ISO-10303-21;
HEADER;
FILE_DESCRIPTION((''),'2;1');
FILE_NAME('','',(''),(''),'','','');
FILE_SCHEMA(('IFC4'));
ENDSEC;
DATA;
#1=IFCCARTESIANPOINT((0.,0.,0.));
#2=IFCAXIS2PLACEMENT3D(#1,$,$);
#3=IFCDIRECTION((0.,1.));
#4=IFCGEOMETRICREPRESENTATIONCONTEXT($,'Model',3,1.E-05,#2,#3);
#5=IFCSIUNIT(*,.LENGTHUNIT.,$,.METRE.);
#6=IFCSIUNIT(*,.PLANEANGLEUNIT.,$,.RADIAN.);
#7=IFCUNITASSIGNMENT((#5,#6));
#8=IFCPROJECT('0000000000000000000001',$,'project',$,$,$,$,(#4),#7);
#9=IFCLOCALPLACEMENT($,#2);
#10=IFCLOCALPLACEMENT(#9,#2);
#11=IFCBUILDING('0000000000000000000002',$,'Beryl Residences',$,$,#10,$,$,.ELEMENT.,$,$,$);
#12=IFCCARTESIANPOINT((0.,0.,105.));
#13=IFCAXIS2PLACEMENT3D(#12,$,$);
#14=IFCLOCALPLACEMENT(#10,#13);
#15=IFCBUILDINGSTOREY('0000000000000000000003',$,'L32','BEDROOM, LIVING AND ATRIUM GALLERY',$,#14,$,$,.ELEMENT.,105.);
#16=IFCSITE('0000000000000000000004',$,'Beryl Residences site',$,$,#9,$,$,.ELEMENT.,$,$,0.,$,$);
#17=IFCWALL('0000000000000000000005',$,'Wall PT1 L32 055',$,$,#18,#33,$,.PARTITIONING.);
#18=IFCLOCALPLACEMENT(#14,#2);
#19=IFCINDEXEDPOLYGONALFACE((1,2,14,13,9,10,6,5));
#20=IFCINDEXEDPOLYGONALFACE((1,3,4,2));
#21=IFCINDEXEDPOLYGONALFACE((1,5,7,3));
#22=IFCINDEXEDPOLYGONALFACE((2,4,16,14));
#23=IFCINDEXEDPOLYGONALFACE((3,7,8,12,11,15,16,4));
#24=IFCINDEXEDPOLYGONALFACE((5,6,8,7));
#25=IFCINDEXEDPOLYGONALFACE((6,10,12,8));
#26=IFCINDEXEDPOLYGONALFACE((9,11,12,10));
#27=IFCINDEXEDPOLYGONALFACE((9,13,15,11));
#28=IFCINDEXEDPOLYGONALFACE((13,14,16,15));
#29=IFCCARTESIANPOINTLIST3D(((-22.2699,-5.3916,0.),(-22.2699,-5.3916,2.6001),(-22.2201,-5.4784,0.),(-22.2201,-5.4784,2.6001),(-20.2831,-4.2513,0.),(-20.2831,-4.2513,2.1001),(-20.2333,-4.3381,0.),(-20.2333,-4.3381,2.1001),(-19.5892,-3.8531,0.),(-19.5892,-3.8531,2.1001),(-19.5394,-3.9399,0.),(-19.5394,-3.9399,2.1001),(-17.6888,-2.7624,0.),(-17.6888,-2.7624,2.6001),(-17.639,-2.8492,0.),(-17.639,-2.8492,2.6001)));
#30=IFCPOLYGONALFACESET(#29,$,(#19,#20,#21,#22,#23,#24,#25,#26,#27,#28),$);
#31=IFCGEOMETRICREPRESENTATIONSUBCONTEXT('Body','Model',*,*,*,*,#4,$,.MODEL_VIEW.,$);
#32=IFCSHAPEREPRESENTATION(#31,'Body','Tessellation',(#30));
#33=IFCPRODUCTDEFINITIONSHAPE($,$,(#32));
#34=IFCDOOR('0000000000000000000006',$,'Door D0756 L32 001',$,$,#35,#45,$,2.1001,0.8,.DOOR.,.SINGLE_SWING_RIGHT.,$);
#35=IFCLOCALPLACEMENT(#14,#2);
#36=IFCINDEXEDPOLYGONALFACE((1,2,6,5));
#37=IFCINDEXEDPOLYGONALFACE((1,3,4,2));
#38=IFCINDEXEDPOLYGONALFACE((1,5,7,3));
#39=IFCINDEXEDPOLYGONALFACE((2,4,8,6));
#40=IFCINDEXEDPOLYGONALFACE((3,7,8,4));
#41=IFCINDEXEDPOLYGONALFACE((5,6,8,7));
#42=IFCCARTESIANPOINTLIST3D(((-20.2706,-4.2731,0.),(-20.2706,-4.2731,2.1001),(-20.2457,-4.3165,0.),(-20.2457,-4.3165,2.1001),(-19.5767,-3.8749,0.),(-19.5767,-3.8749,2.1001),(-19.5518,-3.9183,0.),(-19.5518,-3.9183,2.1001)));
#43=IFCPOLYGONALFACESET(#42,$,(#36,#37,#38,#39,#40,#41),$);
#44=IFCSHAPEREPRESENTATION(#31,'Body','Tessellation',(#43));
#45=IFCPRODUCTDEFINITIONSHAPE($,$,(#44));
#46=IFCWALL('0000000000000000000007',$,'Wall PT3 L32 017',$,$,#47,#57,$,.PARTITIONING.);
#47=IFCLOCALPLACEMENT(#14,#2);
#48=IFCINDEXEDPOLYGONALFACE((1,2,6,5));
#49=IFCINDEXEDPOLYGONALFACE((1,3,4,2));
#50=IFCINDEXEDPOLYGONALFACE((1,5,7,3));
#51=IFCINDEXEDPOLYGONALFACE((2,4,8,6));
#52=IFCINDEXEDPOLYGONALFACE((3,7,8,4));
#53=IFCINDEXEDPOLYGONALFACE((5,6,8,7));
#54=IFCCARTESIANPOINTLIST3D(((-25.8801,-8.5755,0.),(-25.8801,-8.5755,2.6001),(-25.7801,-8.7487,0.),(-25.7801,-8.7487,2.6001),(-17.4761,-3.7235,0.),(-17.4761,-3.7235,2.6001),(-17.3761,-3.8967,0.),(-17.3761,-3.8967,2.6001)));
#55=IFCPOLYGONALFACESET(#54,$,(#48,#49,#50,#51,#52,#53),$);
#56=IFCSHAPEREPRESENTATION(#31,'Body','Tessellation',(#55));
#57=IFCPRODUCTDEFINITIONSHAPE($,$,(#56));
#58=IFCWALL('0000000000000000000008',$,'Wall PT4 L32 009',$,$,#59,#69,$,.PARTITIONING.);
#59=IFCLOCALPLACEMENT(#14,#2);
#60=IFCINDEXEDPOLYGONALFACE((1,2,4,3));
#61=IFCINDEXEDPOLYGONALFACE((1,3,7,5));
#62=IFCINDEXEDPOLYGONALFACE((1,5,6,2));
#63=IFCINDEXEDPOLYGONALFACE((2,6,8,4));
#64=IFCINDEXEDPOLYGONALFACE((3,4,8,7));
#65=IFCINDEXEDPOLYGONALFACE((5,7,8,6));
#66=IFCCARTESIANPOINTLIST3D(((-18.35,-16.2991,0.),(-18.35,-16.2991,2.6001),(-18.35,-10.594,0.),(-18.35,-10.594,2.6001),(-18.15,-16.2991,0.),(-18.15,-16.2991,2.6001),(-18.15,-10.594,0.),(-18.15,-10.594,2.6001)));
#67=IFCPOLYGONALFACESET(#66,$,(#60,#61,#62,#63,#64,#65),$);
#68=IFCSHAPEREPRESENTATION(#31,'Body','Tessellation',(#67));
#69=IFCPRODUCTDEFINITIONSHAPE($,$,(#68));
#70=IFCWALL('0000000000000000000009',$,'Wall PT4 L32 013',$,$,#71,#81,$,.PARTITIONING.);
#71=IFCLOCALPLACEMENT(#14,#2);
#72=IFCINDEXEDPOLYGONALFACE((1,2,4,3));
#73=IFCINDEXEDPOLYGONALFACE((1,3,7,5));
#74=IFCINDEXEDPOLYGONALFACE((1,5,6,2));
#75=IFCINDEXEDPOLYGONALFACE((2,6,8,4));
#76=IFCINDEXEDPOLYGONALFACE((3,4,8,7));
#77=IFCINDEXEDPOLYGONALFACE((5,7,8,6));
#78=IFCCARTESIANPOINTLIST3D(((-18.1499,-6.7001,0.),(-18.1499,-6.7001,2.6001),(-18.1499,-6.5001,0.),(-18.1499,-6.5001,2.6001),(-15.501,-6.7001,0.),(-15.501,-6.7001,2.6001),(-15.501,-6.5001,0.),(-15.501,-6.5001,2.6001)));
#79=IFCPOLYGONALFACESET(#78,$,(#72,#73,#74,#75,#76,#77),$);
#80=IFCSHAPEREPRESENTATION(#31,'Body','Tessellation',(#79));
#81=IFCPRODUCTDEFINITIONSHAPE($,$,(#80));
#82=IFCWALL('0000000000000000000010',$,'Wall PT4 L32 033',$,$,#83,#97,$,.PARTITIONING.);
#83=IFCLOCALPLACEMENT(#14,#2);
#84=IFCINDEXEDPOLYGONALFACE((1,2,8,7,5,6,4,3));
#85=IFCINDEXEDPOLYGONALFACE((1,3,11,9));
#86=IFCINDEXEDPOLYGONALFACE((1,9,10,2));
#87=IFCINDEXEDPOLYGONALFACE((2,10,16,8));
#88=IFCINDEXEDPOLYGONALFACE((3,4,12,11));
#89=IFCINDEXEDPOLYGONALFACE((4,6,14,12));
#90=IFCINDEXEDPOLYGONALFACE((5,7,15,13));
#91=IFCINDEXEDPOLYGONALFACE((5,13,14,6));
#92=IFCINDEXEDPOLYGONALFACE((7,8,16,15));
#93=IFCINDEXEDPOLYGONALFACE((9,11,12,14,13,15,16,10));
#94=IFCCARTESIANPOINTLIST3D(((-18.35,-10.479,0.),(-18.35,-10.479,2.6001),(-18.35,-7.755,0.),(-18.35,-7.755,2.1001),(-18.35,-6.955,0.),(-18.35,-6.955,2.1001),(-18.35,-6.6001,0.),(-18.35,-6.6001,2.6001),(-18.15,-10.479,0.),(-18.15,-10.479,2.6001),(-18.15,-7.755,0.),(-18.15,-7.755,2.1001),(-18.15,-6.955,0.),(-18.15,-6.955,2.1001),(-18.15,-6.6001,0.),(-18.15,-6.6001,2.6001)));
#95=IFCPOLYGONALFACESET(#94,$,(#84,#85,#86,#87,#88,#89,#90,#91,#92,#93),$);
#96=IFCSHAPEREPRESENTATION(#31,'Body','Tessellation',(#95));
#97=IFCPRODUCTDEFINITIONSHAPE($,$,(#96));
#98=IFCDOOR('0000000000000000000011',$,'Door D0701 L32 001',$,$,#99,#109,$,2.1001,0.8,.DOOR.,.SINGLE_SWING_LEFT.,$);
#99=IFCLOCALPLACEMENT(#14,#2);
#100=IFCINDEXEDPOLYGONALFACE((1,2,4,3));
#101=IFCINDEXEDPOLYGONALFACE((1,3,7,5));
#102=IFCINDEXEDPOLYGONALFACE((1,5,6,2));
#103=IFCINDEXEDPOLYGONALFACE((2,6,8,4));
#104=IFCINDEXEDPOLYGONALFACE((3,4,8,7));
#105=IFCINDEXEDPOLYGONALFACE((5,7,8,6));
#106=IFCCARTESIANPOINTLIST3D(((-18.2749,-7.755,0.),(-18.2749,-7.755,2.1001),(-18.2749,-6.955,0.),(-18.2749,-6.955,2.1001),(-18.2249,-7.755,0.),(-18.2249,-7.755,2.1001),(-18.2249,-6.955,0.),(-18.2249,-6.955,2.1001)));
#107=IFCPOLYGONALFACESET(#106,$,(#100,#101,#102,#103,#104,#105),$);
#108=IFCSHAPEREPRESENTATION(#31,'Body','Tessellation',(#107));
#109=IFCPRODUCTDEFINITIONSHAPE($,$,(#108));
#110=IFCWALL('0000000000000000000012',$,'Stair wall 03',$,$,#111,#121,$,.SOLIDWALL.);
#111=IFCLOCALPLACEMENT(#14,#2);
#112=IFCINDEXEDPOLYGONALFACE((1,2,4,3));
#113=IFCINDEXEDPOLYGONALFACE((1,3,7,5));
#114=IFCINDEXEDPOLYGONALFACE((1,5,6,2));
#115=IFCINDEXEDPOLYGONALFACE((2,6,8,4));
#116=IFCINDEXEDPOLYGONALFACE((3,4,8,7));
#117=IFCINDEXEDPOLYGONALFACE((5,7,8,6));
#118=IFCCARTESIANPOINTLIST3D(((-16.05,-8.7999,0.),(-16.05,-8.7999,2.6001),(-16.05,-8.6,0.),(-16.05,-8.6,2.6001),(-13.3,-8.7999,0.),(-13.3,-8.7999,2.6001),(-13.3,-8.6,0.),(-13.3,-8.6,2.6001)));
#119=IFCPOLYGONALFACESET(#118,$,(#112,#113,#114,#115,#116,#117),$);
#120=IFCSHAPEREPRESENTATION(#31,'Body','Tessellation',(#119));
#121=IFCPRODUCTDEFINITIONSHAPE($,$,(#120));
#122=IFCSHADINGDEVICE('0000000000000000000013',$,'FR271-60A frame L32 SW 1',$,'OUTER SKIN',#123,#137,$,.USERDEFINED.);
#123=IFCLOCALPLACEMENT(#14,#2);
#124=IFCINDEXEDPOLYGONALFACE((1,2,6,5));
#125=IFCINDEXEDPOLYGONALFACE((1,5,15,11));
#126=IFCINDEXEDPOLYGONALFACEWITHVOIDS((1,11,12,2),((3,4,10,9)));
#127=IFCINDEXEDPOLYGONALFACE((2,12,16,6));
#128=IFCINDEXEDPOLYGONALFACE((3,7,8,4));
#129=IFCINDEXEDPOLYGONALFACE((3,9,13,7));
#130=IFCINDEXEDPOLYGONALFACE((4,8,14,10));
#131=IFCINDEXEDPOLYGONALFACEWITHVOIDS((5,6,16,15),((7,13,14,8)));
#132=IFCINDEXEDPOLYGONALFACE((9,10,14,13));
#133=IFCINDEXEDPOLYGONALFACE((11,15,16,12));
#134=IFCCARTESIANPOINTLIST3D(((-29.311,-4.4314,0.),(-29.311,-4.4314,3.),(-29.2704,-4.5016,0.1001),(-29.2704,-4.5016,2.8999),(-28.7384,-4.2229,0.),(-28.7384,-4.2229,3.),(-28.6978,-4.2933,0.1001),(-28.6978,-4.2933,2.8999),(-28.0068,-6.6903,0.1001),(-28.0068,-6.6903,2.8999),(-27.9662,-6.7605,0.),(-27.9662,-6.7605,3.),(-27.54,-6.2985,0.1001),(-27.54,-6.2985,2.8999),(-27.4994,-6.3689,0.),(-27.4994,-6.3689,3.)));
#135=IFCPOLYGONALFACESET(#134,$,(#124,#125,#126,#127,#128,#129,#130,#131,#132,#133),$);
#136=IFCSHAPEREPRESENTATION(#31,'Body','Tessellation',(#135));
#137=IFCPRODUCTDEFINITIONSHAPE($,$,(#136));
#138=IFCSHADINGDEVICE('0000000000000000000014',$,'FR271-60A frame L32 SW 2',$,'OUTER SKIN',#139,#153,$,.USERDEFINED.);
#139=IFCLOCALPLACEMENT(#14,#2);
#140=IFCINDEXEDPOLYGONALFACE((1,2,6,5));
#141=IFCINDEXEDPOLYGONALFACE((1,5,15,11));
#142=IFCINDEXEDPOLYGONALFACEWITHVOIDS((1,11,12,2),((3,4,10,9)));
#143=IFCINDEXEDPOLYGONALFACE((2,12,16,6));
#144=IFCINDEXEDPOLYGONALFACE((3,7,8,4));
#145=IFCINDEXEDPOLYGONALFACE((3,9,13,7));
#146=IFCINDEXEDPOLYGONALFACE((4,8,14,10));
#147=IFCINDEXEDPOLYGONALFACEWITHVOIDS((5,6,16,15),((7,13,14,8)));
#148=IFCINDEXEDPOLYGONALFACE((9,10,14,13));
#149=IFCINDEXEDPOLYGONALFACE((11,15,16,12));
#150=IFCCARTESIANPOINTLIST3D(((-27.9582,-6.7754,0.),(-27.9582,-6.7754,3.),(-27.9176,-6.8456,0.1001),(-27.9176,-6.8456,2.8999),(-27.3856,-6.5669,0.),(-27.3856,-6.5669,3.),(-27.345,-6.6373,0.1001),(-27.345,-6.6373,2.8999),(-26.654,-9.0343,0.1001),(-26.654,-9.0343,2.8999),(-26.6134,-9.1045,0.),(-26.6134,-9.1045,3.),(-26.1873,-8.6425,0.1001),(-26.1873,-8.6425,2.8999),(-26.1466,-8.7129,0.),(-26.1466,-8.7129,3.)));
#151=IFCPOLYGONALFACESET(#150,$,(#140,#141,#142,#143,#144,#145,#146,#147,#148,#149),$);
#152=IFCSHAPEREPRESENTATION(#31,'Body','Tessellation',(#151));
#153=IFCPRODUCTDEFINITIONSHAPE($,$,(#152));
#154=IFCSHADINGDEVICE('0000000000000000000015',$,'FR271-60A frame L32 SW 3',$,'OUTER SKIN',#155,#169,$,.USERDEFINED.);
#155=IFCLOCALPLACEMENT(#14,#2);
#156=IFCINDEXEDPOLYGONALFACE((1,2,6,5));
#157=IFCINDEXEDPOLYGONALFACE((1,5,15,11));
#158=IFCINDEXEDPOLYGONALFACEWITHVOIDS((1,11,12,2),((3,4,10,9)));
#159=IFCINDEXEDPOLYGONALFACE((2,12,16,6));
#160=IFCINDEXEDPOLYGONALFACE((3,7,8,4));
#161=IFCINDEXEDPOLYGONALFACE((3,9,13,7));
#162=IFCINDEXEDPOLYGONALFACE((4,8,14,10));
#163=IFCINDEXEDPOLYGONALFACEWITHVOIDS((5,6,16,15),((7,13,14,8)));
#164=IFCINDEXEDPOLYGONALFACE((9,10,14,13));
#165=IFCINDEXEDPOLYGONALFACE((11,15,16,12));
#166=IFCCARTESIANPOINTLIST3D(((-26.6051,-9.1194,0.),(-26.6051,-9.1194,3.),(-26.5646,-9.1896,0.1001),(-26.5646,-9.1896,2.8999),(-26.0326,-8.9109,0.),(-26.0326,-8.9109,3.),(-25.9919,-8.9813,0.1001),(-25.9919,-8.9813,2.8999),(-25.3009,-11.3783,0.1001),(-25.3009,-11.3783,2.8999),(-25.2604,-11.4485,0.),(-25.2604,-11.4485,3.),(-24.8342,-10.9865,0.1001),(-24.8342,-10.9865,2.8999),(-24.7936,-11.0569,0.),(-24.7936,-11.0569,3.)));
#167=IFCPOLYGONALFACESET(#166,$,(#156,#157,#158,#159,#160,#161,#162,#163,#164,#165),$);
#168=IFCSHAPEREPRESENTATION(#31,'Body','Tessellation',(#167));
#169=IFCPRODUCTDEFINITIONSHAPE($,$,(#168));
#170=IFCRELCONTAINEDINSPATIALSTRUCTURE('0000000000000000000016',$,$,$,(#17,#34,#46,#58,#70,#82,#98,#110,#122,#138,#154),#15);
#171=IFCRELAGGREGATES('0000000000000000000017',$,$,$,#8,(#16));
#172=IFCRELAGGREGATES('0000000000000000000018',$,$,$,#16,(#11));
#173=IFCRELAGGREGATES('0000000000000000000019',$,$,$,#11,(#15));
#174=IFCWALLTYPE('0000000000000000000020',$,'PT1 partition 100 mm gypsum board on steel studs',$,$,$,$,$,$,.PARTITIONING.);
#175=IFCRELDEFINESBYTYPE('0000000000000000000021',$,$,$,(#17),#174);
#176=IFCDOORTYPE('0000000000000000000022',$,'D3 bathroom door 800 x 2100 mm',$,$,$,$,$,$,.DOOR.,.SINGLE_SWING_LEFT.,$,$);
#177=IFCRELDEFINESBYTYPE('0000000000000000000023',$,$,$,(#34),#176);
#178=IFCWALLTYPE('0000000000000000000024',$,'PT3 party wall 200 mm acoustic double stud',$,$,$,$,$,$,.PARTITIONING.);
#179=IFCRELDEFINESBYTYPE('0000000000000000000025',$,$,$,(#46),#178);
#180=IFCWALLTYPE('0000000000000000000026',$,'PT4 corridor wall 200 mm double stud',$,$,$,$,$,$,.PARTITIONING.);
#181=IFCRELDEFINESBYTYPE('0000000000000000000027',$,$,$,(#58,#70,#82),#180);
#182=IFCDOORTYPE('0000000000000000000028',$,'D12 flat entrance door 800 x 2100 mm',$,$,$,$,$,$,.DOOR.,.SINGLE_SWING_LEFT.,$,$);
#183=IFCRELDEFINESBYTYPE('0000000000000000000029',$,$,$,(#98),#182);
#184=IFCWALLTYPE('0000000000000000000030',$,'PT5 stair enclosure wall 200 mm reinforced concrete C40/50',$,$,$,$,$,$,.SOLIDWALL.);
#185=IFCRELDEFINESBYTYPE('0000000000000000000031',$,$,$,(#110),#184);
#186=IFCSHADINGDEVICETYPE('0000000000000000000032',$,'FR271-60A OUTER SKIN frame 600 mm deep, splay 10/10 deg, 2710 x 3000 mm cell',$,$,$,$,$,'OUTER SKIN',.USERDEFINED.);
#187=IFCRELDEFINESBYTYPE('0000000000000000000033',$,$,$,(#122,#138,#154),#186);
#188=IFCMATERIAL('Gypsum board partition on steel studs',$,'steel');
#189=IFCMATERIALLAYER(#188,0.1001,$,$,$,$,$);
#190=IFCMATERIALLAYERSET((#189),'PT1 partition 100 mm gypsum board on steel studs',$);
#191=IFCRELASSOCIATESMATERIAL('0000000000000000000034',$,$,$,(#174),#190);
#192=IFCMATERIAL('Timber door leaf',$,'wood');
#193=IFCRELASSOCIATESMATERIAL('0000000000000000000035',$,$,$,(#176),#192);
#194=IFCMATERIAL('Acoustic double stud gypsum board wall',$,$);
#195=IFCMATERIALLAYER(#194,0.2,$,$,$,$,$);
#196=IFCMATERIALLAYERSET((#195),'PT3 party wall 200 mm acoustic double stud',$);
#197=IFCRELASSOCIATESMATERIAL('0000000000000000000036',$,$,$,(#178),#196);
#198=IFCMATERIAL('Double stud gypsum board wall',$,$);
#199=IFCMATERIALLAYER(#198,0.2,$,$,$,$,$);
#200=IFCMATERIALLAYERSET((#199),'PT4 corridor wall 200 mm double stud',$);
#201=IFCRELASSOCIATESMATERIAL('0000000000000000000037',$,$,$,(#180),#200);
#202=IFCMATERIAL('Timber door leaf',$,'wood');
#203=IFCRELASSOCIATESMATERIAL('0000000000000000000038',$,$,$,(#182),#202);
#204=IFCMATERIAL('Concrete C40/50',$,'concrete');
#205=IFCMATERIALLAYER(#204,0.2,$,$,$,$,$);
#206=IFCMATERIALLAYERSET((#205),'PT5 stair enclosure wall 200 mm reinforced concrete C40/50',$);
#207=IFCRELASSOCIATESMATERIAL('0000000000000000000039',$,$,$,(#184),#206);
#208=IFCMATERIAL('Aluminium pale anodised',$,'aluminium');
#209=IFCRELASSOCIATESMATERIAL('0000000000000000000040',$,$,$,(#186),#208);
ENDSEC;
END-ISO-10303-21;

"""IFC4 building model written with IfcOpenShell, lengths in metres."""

from ifc_helpers import new_model, entity, si_unit, direction, frame, frame_2d, origin, place, context, subcontext, project, spatial, rectangle, extrude, source, transform, mapped, material, layer, layer_set, type_object, type_shapes, element, fill, save


model = new_model("IFC4")

# Units and contexts
model_context = context("Model", 3, precision=1e-05, world=origin(), true_north=direction((0.0, 1.0)))
body_context = subcontext(model_context, "Body", "Model", "MODEL_VIEW")
ifc_project = project(units=[si_unit("LENGTHUNIT", "METRE"), si_unit("PLANEANGLEUNIT", "RADIAN")], contexts=[model_context])

# Site, building, storey
site_placement = place(None, origin())
site = spatial("IfcSite", under=ifc_project, at=site_placement, Name="Beryl Residences site", CompositionType="ELEMENT", RefElevation=0.0)
building_placement = place(site_placement, origin())
building = spatial("IfcBuilding", under=site, at=building_placement, Name="Beryl Residences", CompositionType="ELEMENT")
storey_placement = place(building_placement, frame((0.0, 0.0, 105.0)))
storey = spatial("IfcBuildingStorey", under=building, at=storey_placement, Name="L32", Description="BEDROOM, LIVING AND ATRIUM GALLERY", CompositionType="ELEMENT", Elevation=105.0)

# Shared definitions
ifc_material_1 = material(Name="Gypsum board partition on steel studs", Category="steel")
ifc_layer_1 = layer(ifc_material_1, 0.1001)
ifc_layer_set_1 = layer_set([ifc_layer_1], Name="PT1 partition 100 mm gypsum board on steel studs")
wall_type_1 = type_object("IfcWallType", Name="PT1 partition 100 mm gypsum board on steel studs", PredefinedType="PARTITIONING", material=ifc_layer_set_1)
ifc_material_2 = material(Name="Timber door leaf", Category="wood")
door_type_1 = type_object("IfcDoorType", Name="D3 bathroom door 800 x 2100 mm", OperationType="SINGLE_SWING_LEFT", PredefinedType="DOOR", material=ifc_material_2)

# Wall, opening, door
wall_1_placement = place(storey_placement, frame((-22.2451, -5.4351, 0.0), z_axis=(0.0, 0.0, 1.0), x_axis=(0.867311, 0.497766, 0.0)))
wall_1 = element("IfcWall", 1, at=wall_1_placement, inside=storey, type_object=wall_type_1, Name="Wall PT1 L32 055", PredefinedType="PARTITIONING", context=body_context, shape_type="SweptSolid", body=[
    extrude(rectangle(XDim=5.282, YDim=0.1001, at=frame_2d((2.6411, 0.0))), origin(), (0.0, 0.0, 1.0), 2.6001),
])
opening_1_placement = place(wall_1_placement, frame((2.291, 0.0, 0.0)))
opening_1 = element("IfcOpeningElement", 2, at=opening_1_placement, cuts=wall_1, PredefinedType="OPENING", context=body_context, shape_type="SweptSolid", body=[
    extrude(rectangle(XDim=0.8, YDim=2.1001, at=frame_2d((0.3999, 1.05))), frame((0.0, 0.0601, 0.0), z_axis=(0.0, -1.0, 0.0), x_axis=(1.0, 0.0, 0.0)), (0.0, 0.0, 1.0), 0.1201),
])
door_1_placement = place(opening_1_placement, origin())
door_1 = element("IfcDoor", 3, at=door_1_placement, inside=storey, type_object=door_type_1, Name="Door D0756 L32 001", OperationType="SINGLE_SWING_RIGHT", OverallHeight=2.1001, OverallWidth=0.8, PredefinedType="DOOR", context=body_context, shape_type="SweptSolid", body=[
    extrude(rectangle(XDim=0.8, YDim=2.1001, at=frame_2d((0.3999, 1.05))), frame((0.0, 0.0249, 0.0), z_axis=(0.0, -1.0, 0.0), x_axis=(1.0, 0.0, 0.0)), (0.0, 0.0, 1.0), 0.05),
])
fill(opening_1, door_1)

# Walls
ifc_material_3 = material(Name="Acoustic double stud gypsum board wall")
ifc_layer_2 = layer(ifc_material_3, 0.2)
ifc_layer_set_2 = layer_set([ifc_layer_2], Name="PT3 party wall 200 mm acoustic double stud")
wall_type_2 = type_object("IfcWallType", Name="PT3 party wall 200 mm acoustic double stud", PredefinedType="PARTITIONING", material=ifc_layer_set_2)
wall_2_placement = place(storey_placement, frame((-25.8301, -8.6621, 0.0), z_axis=(0.0, 0.0, 1.0), x_axis=(0.866027, 0.499998, 0.0)))
element("IfcWall", 4, at=wall_2_placement, inside=storey, type_object=wall_type_2, Name="Wall PT3 L32 017", PredefinedType="PARTITIONING", context=body_context, shape_type="SweptSolid", body=[
    extrude(rectangle(XDim=9.7041, YDim=0.2, at=frame_2d((4.8521, 0.0))), origin(), (0.0, 0.0, 1.0), 2.6001),
])
ifc_material_4 = material(Name="Double stud gypsum board wall")
ifc_layer_3 = layer(ifc_material_4, 0.2)
ifc_layer_set_3 = layer_set([ifc_layer_3], Name="PT4 corridor wall 200 mm double stud")
wall_type_3 = type_object("IfcWallType", Name="PT4 corridor wall 200 mm double stud", PredefinedType="PARTITIONING", material=ifc_layer_set_3)
wall_3_placement = place(storey_placement, frame((-18.25, -10.594, 0.0), z_axis=(0.0, 0.0, 1.0), x_axis=(0.0, -1.0, 0.0)))
element("IfcWall", 5, at=wall_3_placement, inside=storey, type_object=wall_type_3, Name="Wall PT4 L32 009", PredefinedType="PARTITIONING", context=body_context, shape_type="SweptSolid", body=[
    extrude(rectangle(XDim=5.7051, YDim=0.2, at=frame_2d((2.8525, 0.0))), origin(), (0.0, 0.0, 1.0), 2.6001),
])
wall_4_placement = place(storey_placement, frame((-18.1499, -6.6001, 0.0), z_axis=(0.0, 0.0, 1.0), x_axis=(1.0, 0.0, 0.0)))
element("IfcWall", 6, at=wall_4_placement, inside=storey, type_object=wall_type_3, Name="Wall PT4 L32 013", PredefinedType="PARTITIONING", context=body_context, shape_type="SweptSolid", body=[
    extrude(rectangle(XDim=2.6489, YDim=0.2, at=frame_2d((1.3245, 0.0))), origin(), (0.0, 0.0, 1.0), 2.6001),
])

# Wall, opening, door
wall_5_placement = place(storey_placement, frame((-18.25, -10.479, 0.0), z_axis=(0.0, 0.0, 1.0), x_axis=(0.0, 1.0, 0.0)))
wall_5 = element("IfcWall", 7, at=wall_5_placement, inside=storey, type_object=wall_type_3, Name="Wall PT4 L32 033", PredefinedType="PARTITIONING", context=body_context, shape_type="SweptSolid", body=[
    extrude(rectangle(XDim=3.8789, YDim=0.2, at=frame_2d((1.9395, 0.0))), origin(), (0.0, 0.0, 1.0), 2.6001),
])
opening_2_placement = place(wall_5_placement, frame((2.7241, 0.0, 0.0)))
opening_2 = element("IfcOpeningElement", 8, at=opening_2_placement, cuts=wall_5, PredefinedType="OPENING", context=body_context, shape_type="SweptSolid", body=[
    extrude(rectangle(XDim=0.8, YDim=2.1001, at=frame_2d((0.3999, 1.05))), frame((0.0, 0.1099, 0.0), z_axis=(0.0, -1.0, 0.0), x_axis=(1.0, 0.0, 0.0)), (0.0, 0.0, 1.0), 0.22),
])
ifc_material_5 = material(Name="Timber door leaf", Category="wood")
door_type_2 = type_object("IfcDoorType", Name="D12 flat entrance door 800 x 2100 mm", OperationType="SINGLE_SWING_LEFT", PredefinedType="DOOR", material=ifc_material_5)
door_2_placement = place(opening_2_placement, origin())
door_2 = element("IfcDoor", 9, at=door_2_placement, inside=storey, type_object=door_type_2, Name="Door D0701 L32 001", OperationType="SINGLE_SWING_LEFT", OverallHeight=2.1001, OverallWidth=0.8, PredefinedType="DOOR", context=body_context, shape_type="SweptSolid", body=[
    extrude(rectangle(XDim=0.8, YDim=2.1001, at=frame_2d((0.3999, 1.05))), frame((0.0, 0.0249, 0.0), z_axis=(0.0, -1.0, 0.0), x_axis=(1.0, 0.0, 0.0)), (0.0, 0.0, 1.0), 0.05),
])
fill(opening_2, door_2)

# Wall
ifc_material_6 = material(Name="Concrete C40/50", Category="concrete")
ifc_layer_4 = layer(ifc_material_6, 0.2)
ifc_layer_set_4 = layer_set([ifc_layer_4], Name="PT5 stair enclosure wall 200 mm reinforced concrete C40/50")
wall_type_4 = type_object("IfcWallType", Name="PT5 stair enclosure wall 200 mm reinforced concrete C40/50", PredefinedType="SOLIDWALL", material=ifc_layer_set_4)
wall_6_placement = place(storey_placement, frame((-16.05, -8.7, 0.0), z_axis=(0.0, 0.0, 1.0), x_axis=(1.0, 0.0, 0.0)))
element("IfcWall", 10, at=wall_6_placement, inside=storey, type_object=wall_type_4, Name="Stair wall 03", PredefinedType="SOLIDWALL", context=body_context, shape_type="SweptSolid", body=[
    extrude(rectangle(XDim=2.75, YDim=0.2, at=frame_2d((1.375, 0.0))), origin(), (0.0, 0.0, 1.0), 2.6001),
])

# Shading devices
ifc_material_7 = material(Name="Aluminium pale anodised", Category="aluminium")
shading_device_type = type_object("IfcShadingDeviceType", Name="FR271-60A OUTER SKIN frame 600 mm deep, splay 10/10 deg, 2710 x 3000 mm cell", ElementType="OUTER SKIN", PredefinedType="USERDEFINED", material=ifc_material_7)
cartesian_point_1 = entity("IfcCartesianPoint", [-1.239, 0.0])
cartesian_point_2 = entity("IfcCartesianPoint", [-1.1577, 0.1001])
cartesian_point_3 = entity("IfcCartesianPoint", [-1.3447, 0.0])
cartesian_point_4 = entity("IfcCartesianPoint", [-1.2637, 0.1001])
shared_shape_1 = source(origin(), body_context, "Body", "SweptSolid", [
    entity("IfcExtrudedAreaSolidTapered", entity("IfcArbitraryProfileDefWithVoids", "AREA", None, entity("IfcPolyline", [cartesian_point_1, entity("IfcCartesianPoint", [1.239, 0.0]), entity("IfcCartesianPoint", [1.239, 3.0]), entity("IfcCartesianPoint", [-1.239, 3.0]), cartesian_point_1]), [entity("IfcPolyline", [cartesian_point_2, entity("IfcCartesianPoint", [1.1577, 0.1001]), entity("IfcCartesianPoint", [1.1577, 2.8999]), entity("IfcCartesianPoint", [-1.1577, 2.8999]), cartesian_point_2])]), entity("IfcAxis2Placement3D", entity("IfcCartesianPoint", [0.0, 0.0, 0.0]), entity("IfcDirection", [0.0, 1.0, 0.0]), entity("IfcDirection", [-1.0, 0.0, 0.0])), entity("IfcDirection", [0.0, 0.0, 1.0]), 0.6001, entity("IfcArbitraryProfileDefWithVoids", "AREA", None, entity("IfcPolyline", [cartesian_point_3, entity("IfcCartesianPoint", [1.3447, 0.0]), entity("IfcCartesianPoint", [1.3447, 3.0]), entity("IfcCartesianPoint", [-1.3447, 3.0]), cartesian_point_3]), [entity("IfcPolyline", [cartesian_point_4, entity("IfcCartesianPoint", [1.2637, 0.1001]), entity("IfcCartesianPoint", [1.2637, 2.8999]), entity("IfcCartesianPoint", [-1.2637, 2.8999]), cartesian_point_4])])),
])
type_shapes(shading_device_type, [shared_shape_1])
for number, where, z_axis, x_axis, name in (
    (11, (-28.1189, -5.2959, 0.0), (0.0, 0.0, 1.0), (-0.5, 0.866025, 0.0), "FR271-60A frame L32 SW 1"),
    (12, (-26.7661, -7.6399, 0.0), (0.0, 0.0, 1.0), (-0.5, 0.866025, 0.0), "FR271-60A frame L32 SW 2"),
    (13, (-25.4131, -9.9839, 0.0), (0.0, 0.0, 1.0), (-0.5, 0.866025, 0.0), "FR271-60A frame L32 SW 3"),
):
    element("IfcShadingDevice", number, at=place(storey_placement, frame(where, z_axis=z_axis, x_axis=x_axis)), inside=storey, type_object=shading_device_type, Name=name, ObjectType="OUTER SKIN", PredefinedType="USERDEFINED", context=body_context, shape_type="MappedRepresentation", body=[
        mapped(shared_shape_1, transform((0.0, 0.0, 0.0))),
    ])

save(model, "model.ifc")
